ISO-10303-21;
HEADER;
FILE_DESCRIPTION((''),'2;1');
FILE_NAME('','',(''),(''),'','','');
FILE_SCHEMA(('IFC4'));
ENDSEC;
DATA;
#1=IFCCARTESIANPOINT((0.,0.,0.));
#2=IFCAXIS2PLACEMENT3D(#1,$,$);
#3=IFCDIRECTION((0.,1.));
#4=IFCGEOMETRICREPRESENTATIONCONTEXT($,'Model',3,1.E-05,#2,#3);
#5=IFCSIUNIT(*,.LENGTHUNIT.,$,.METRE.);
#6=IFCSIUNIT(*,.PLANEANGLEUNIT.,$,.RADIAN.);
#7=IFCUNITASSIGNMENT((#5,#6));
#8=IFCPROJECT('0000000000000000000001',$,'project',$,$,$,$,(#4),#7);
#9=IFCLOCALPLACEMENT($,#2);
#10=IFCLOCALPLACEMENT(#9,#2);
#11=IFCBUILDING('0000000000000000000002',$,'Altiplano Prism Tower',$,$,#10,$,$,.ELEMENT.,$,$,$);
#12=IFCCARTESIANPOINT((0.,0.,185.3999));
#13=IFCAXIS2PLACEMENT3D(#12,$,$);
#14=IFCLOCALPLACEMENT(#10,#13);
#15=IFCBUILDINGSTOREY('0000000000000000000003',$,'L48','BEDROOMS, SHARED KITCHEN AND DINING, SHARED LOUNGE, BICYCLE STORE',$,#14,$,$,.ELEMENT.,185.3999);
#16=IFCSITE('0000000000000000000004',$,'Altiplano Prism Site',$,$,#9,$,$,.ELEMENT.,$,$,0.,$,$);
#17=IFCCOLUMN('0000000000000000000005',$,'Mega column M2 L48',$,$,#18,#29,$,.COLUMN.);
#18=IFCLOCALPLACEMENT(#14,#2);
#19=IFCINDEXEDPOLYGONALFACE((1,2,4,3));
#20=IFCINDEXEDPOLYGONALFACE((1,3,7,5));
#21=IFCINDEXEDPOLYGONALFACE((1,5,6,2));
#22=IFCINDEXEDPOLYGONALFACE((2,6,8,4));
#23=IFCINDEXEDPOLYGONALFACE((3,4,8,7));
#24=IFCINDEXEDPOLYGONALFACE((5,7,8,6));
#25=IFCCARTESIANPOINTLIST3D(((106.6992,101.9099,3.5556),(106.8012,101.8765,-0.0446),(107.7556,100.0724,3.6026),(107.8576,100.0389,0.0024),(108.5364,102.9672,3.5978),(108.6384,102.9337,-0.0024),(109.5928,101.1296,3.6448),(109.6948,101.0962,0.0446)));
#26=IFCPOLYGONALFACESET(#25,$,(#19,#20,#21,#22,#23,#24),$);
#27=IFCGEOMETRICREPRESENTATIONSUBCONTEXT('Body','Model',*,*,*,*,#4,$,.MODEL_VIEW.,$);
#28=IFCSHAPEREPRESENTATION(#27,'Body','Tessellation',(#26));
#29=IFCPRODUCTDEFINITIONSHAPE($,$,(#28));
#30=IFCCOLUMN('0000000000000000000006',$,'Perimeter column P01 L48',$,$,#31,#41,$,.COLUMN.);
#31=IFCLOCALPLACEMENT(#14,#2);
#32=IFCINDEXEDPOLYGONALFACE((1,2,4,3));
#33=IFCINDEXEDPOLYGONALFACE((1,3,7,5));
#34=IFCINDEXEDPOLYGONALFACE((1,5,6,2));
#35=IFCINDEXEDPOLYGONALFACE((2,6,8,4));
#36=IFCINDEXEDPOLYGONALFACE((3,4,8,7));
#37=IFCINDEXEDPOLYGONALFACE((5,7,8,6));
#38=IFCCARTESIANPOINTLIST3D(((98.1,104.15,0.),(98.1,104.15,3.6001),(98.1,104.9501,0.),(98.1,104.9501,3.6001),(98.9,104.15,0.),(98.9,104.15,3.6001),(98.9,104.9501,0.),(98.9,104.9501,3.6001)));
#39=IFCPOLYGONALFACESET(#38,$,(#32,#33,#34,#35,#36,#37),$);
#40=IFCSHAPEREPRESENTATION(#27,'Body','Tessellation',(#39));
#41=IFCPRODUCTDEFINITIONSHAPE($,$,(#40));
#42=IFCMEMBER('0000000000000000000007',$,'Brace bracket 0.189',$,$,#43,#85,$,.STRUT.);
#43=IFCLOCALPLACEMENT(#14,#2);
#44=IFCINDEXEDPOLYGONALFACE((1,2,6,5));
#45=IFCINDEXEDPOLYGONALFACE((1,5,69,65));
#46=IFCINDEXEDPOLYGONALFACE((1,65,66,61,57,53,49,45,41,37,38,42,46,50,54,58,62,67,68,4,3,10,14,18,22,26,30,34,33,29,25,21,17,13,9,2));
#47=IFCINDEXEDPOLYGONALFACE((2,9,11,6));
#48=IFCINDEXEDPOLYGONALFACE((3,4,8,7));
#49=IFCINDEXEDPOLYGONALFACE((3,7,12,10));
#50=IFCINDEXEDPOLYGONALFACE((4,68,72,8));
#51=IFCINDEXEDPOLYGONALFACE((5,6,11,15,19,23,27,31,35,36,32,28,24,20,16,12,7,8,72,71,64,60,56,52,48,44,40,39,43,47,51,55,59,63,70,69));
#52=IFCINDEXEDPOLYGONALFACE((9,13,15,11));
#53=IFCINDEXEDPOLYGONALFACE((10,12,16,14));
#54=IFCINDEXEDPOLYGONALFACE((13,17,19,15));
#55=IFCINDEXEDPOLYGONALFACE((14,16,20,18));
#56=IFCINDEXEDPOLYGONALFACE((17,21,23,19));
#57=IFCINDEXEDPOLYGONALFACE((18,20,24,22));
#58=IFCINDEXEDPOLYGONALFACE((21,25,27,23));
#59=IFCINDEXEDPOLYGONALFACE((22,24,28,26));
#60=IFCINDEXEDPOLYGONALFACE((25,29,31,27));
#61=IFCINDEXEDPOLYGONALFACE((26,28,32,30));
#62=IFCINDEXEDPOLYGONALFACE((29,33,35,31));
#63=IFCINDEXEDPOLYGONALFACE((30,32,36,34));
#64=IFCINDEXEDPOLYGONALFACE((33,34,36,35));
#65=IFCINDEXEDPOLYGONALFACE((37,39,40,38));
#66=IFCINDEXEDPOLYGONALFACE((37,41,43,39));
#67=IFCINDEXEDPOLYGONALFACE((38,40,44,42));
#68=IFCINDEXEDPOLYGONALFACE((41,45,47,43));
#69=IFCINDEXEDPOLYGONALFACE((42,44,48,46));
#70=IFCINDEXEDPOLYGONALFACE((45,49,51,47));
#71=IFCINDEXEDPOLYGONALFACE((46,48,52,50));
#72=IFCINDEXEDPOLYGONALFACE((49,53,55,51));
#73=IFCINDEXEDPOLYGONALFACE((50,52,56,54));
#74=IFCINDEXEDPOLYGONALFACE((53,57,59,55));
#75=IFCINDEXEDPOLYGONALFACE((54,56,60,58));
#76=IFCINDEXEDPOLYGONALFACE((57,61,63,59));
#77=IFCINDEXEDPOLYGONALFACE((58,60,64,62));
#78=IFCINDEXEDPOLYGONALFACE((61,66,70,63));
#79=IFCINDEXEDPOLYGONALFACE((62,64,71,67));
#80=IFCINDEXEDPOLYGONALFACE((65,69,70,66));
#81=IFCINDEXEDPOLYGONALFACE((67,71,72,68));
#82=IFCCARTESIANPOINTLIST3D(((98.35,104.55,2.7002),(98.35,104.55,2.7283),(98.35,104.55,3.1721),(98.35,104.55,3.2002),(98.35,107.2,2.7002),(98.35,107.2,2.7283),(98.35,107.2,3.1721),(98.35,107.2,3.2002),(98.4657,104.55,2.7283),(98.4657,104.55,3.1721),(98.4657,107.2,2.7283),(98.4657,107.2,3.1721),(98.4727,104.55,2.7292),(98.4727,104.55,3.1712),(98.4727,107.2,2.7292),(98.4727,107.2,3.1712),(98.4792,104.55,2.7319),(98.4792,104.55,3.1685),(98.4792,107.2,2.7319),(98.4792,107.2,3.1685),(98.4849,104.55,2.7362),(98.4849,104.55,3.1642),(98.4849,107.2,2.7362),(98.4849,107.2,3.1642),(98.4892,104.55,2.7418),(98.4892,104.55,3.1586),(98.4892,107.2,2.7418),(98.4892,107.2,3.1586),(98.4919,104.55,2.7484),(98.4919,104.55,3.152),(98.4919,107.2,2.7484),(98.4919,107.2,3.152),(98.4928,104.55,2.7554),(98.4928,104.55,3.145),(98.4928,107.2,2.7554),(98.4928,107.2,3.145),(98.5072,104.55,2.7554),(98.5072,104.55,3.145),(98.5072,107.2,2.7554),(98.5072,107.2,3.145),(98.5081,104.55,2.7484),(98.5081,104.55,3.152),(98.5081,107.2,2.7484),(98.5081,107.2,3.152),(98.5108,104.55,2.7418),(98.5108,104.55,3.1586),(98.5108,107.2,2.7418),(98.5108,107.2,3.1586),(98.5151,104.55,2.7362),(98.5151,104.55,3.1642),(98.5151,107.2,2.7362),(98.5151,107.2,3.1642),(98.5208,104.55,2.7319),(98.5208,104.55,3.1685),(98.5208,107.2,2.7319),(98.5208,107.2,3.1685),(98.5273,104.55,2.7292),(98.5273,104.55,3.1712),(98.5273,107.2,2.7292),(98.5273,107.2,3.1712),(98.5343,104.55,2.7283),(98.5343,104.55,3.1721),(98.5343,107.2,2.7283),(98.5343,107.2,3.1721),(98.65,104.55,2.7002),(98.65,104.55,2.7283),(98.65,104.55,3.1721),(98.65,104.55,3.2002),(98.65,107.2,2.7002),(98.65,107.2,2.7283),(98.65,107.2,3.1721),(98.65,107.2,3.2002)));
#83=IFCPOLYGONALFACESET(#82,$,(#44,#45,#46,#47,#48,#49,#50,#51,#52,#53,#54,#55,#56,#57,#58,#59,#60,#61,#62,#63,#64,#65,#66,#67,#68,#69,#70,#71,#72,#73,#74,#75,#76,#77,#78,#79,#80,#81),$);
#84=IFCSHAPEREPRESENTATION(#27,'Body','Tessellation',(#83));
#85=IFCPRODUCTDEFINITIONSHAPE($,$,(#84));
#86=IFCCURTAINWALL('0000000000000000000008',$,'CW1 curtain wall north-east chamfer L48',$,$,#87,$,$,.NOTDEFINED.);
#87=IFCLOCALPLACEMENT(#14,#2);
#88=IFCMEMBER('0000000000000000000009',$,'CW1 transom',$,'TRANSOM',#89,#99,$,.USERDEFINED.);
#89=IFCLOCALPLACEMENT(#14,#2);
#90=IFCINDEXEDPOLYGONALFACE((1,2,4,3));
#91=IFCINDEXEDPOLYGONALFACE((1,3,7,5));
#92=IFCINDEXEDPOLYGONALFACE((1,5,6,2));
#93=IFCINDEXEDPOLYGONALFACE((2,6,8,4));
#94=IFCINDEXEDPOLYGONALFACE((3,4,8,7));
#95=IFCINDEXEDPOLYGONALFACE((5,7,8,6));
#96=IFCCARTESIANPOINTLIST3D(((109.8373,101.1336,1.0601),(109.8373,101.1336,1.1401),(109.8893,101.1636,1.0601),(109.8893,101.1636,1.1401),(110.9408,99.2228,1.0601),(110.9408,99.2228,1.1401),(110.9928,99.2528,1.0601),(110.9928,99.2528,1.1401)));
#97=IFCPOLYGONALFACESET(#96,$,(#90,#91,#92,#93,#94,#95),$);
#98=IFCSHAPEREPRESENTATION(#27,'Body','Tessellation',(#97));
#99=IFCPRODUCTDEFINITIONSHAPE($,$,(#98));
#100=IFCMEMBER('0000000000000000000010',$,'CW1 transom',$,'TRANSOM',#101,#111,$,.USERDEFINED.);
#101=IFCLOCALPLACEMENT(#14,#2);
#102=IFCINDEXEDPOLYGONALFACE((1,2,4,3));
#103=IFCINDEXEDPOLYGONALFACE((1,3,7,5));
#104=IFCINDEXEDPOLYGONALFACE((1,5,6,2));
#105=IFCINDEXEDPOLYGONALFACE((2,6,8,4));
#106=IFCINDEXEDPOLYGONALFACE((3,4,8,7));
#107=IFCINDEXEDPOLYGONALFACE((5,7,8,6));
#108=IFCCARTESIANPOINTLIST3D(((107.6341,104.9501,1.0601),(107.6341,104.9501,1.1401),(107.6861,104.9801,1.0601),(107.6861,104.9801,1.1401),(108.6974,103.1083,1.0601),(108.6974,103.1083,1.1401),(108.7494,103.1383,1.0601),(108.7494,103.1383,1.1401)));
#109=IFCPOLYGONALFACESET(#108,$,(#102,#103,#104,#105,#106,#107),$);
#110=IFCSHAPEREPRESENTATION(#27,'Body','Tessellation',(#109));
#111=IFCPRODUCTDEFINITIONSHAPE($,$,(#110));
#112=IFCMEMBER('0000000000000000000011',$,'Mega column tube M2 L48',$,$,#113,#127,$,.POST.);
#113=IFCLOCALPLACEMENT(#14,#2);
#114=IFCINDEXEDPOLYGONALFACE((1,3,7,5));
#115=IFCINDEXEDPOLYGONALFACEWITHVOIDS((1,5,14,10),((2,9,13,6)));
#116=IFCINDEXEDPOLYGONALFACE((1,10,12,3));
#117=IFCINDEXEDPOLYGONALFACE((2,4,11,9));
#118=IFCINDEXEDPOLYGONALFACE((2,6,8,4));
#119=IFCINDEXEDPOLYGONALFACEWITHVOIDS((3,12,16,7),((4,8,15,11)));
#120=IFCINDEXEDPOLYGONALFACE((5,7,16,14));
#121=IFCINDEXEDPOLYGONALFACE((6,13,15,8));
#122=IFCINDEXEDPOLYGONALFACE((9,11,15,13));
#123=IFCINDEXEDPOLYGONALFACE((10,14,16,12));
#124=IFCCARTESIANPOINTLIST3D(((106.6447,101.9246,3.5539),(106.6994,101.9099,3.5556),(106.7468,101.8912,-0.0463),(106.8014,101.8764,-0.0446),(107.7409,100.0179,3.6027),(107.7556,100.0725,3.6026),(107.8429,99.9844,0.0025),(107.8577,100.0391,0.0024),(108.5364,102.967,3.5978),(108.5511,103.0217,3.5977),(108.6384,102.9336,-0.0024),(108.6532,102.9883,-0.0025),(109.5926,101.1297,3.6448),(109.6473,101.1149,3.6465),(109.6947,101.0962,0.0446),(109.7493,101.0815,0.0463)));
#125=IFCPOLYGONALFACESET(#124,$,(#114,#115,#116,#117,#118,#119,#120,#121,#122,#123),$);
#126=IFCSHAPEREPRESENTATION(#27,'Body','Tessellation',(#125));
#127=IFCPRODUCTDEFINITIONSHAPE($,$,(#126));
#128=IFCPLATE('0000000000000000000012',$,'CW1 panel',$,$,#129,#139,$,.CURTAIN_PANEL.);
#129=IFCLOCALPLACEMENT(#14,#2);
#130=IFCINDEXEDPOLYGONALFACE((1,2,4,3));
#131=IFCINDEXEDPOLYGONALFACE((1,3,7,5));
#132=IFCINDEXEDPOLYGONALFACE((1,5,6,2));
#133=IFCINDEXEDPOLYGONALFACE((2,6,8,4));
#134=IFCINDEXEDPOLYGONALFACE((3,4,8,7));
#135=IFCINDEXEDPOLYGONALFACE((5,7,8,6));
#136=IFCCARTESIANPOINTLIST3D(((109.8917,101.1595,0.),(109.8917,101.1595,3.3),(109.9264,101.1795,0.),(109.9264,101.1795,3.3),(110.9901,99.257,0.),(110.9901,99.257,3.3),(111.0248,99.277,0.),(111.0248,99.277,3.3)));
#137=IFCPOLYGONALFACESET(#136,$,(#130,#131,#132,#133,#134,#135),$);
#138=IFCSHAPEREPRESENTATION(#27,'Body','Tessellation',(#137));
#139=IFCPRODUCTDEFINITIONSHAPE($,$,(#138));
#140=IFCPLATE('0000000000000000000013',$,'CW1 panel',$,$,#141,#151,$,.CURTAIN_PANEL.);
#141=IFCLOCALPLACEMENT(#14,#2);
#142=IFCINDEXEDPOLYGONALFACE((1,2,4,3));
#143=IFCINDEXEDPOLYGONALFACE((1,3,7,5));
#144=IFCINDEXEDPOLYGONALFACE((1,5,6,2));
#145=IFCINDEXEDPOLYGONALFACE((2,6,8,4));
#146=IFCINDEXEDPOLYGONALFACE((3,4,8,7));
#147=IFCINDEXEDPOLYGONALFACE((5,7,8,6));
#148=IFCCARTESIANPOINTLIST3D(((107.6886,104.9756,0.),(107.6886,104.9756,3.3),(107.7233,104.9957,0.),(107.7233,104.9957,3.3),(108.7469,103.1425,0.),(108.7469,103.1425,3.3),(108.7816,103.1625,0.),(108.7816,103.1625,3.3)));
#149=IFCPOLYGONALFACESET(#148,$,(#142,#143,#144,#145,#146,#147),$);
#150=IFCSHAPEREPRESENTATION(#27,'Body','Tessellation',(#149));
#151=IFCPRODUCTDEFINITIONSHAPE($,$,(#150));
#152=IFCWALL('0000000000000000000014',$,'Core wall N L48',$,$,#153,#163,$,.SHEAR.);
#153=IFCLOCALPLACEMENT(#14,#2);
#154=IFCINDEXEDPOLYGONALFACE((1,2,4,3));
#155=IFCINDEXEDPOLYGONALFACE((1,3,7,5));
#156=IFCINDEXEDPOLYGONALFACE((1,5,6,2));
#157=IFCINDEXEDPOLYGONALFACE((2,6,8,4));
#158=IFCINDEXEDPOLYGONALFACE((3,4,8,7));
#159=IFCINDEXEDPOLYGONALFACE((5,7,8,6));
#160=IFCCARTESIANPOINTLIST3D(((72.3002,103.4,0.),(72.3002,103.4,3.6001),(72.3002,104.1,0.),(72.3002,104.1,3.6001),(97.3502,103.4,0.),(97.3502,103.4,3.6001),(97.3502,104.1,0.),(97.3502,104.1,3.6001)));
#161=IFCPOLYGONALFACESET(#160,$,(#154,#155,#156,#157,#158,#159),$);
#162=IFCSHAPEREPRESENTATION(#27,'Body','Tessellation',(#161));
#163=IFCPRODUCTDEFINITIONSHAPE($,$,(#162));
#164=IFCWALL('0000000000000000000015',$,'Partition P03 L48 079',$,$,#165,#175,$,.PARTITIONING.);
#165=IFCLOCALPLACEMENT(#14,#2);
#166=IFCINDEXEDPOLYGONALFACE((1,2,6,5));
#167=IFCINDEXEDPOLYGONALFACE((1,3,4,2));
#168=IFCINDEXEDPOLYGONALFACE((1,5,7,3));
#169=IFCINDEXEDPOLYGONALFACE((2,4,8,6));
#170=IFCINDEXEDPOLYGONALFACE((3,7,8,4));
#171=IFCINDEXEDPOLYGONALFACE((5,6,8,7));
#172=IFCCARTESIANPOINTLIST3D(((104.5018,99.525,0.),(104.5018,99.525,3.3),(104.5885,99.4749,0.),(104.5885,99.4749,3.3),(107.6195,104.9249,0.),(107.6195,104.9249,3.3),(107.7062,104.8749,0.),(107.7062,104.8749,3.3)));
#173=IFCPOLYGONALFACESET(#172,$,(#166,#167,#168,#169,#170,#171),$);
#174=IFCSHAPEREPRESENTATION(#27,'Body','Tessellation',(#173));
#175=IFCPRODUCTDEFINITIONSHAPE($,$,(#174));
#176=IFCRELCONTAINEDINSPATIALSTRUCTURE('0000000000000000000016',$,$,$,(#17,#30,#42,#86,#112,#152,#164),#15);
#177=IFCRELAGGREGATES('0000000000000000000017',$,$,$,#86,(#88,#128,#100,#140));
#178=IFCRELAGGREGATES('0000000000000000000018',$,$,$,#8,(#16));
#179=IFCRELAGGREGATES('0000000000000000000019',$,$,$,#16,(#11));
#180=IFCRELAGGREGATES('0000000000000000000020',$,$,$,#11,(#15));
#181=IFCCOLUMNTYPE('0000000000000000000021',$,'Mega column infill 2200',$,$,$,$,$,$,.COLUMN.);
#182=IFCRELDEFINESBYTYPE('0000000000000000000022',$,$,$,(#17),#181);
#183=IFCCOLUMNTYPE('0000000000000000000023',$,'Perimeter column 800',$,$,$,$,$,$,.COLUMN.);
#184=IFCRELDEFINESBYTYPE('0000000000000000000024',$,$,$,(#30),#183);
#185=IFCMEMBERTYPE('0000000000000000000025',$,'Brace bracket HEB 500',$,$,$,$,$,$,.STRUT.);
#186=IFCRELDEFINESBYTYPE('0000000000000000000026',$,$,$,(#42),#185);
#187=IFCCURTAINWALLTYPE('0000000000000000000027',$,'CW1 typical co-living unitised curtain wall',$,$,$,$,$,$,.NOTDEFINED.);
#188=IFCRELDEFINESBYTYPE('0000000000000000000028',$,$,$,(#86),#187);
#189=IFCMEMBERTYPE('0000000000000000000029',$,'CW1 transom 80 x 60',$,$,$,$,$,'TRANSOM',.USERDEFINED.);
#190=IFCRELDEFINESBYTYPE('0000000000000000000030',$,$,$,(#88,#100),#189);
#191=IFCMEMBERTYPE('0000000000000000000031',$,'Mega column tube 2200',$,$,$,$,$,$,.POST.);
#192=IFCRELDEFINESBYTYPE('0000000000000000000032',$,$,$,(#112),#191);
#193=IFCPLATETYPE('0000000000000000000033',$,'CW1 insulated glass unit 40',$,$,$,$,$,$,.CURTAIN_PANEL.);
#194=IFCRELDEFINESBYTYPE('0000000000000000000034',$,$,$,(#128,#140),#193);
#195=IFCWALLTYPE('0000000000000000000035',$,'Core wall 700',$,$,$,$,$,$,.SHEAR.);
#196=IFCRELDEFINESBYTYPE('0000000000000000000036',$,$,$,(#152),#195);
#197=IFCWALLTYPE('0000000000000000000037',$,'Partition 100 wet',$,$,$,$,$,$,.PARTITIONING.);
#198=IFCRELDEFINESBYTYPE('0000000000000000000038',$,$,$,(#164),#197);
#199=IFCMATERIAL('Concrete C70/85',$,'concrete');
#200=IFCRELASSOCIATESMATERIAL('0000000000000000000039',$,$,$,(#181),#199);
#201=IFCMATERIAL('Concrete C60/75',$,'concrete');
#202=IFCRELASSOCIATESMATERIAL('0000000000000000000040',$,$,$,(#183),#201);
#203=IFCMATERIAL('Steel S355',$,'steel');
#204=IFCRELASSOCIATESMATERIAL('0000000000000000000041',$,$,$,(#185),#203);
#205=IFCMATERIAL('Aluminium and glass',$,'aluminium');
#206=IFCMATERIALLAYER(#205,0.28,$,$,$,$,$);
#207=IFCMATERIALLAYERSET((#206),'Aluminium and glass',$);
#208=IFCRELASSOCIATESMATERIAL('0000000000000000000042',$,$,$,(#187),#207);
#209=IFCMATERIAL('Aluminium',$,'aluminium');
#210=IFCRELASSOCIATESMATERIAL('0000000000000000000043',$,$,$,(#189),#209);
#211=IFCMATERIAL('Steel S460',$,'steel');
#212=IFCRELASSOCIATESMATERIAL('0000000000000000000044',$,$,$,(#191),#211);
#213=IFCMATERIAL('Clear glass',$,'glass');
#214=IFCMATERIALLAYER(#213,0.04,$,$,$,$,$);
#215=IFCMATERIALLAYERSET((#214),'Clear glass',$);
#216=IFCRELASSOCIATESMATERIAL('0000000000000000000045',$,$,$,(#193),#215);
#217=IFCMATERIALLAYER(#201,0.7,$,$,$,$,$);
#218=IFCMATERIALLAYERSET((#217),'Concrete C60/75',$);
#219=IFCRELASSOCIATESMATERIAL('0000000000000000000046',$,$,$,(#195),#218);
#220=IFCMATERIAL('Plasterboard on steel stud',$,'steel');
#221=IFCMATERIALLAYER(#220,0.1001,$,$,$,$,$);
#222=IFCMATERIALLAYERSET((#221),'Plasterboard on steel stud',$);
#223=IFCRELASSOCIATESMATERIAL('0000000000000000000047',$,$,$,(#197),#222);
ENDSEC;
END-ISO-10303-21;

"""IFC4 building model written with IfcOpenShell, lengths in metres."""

from ifc_helpers import new_model, si_unit, direction, frame, frame_2d, origin, origin_2d, place, context, subcontext, project, spatial, rectangle, hollow_rectangle, i_section, extrude, material, layer, layer_set, material_profile, profile_set, type_object, element, aggregate, save


model = new_model("IFC4")

# Units and contexts
model_context = context("Model", 3, precision=1e-05, world=origin(), true_north=direction((0.0, 1.0)))
body_context = subcontext(model_context, "Body", "Model", "MODEL_VIEW")
ifc_project = project(units=[si_unit("LENGTHUNIT", "METRE"), si_unit("PLANEANGLEUNIT", "RADIAN")], contexts=[model_context])

# Site, building, storey
site_placement = place(None, origin())
site = spatial("IfcSite", under=ifc_project, at=site_placement, Name="Altiplano Prism Site", CompositionType="ELEMENT", RefElevation=0.0)
building_placement = place(site_placement, origin())
building = spatial("IfcBuilding", under=site, at=building_placement, Name="Altiplano Prism Tower", CompositionType="ELEMENT")
storey_placement = place(building_placement, frame((0.0, 0.0, 185.3999)))
storey = spatial("IfcBuildingStorey", under=building, at=storey_placement, Name="L48", Description="BEDROOMS, SHARED KITCHEN AND DINING, SHARED LOUNGE, BICYCLE STORE", CompositionType="ELEMENT", Elevation=185.3999)

# Columns
ifc_material_1 = material(Name="Concrete C70/85", Category="concrete")
ifc_material_profile_1 = material_profile(ifc_material_1, rectangle(XDim=2.1201, YDim=2.1201, at=origin_2d()), Name="Mega column infill 2200")
ifc_profile_set_1 = profile_set([ifc_material_profile_1], Name="Concrete C70/85")
column_type_1 = type_object("IfcColumnType", Name="Mega column infill 2200", PredefinedType="COLUMN", material=ifc_profile_set_1)
column_1_placement = place(storey_placement, frame((108.248, 101.4863, 0.0), z_axis=(-0.028334, 0.009287, 0.999555), x_axis=(0.498273, -0.866737, 0.022177)))
element("IfcColumn", 1, at=column_1_placement, inside=storey, type_object=column_type_1, Name="Mega column M2 L48", PredefinedType="COLUMN", context=body_context, shape_type="SweptSolid", body=[
    extrude(rectangle(XDim=2.1201, YDim=2.1201, at=origin_2d()), origin(), (0.0, 0.0, 1.0), 3.6018),
])
ifc_material_2 = material(Name="Concrete C60/75", Category="concrete")
ifc_material_profile_2 = material_profile(ifc_material_2, rectangle(XDim=0.8, YDim=0.8, at=origin_2d()), Name="Perimeter column 800")
ifc_profile_set_2 = profile_set([ifc_material_profile_2], Name="Concrete C60/75")
column_type_2 = type_object("IfcColumnType", Name="Perimeter column 800", PredefinedType="COLUMN", material=ifc_profile_set_2)
column_2_placement = place(storey_placement, frame((98.5, 104.55, 0.0), z_axis=(0.0, 0.0, 1.0), x_axis=(1.0, 0.0, 0.0)))
element("IfcColumn", 2, at=column_2_placement, inside=storey, type_object=column_type_2, Name="Perimeter column P01 L48", PredefinedType="COLUMN", context=body_context, shape_type="SweptSolid", body=[
    extrude(rectangle(XDim=0.8, YDim=0.8, at=origin_2d()), origin(), (0.0, 0.0, 1.0), 3.6001),
])

# Member
ifc_material_3 = material(Name="Steel S355", Category="steel")
ifc_material_profile_3 = material_profile(ifc_material_3, i_section(OverallWidth=0.3, OverallDepth=0.5, WebThickness=0.0144, FlangeThickness=0.0281, FilletRadius=0.0271, at=origin_2d()), Name="Brace bracket HEB 500")
ifc_profile_set_3 = profile_set([ifc_material_profile_3], Name="Steel S355")
member_type_1 = type_object("IfcMemberType", Name="Brace bracket HEB 500", PredefinedType="STRUT", material=ifc_profile_set_3)
member_1_placement = place(storey_placement, frame((98.5, 104.55, 2.9502), z_axis=(0.0, 1.0, 0.0), x_axis=(-1.0, 0.0, 0.0)))
element("IfcMember", 3, at=member_1_placement, inside=storey, type_object=member_type_1, Name="Brace bracket 0.189", PredefinedType="STRUT", context=body_context, shape_type="SweptSolid", body=[
    extrude(i_section(OverallWidth=0.3, OverallDepth=0.5, WebThickness=0.0144, FlangeThickness=0.0281, FilletRadius=0.0271, at=origin_2d()), origin(), (0.0, 0.0, 1.0), 2.6499),
])

# Curtain wall, members
ifc_material_4 = material(Name="Aluminium and glass", Category="aluminium")
ifc_layer_1 = layer(ifc_material_4, 0.28)
ifc_layer_set_1 = layer_set([ifc_layer_1], Name="Aluminium and glass")
curtain_wall_type = type_object("IfcCurtainWallType", Name="CW1 typical co-living unitised curtain wall", PredefinedType="NOTDEFINED", material=ifc_layer_set_1)
curtain_wall_placement = place(storey_placement, origin())
curtain_wall = element("IfcCurtainWall", 4, at=curtain_wall_placement, inside=storey, type_object=curtain_wall_type, Name="CW1 curtain wall north-east chamfer L48", PredefinedType="NOTDEFINED")
ifc_material_5 = material(Name="Aluminium", Category="aluminium")
ifc_material_profile_4 = material_profile(ifc_material_5, rectangle(XDim=0.0601, YDim=0.0801, at=origin_2d()), Name="CW1 transom 80 x 60")
ifc_profile_set_4 = profile_set([ifc_material_profile_4], Name="Aluminium")
member_type_2 = type_object("IfcMemberType", Name="CW1 transom 80 x 60", ElementType="TRANSOM", PredefinedType="USERDEFINED", material=ifc_profile_set_4)
member_2_placement = place(storey_placement, frame((110.9668, 99.2378, 1.1001), z_axis=(-0.50009, 0.865974, 0.0), x_axis=(-0.865974, -0.50009, 0.0)))
member_2 = element("IfcMember", 5, at=member_2_placement, type_object=member_type_2, Name="CW1 transom", ObjectType="TRANSOM", PredefinedType="USERDEFINED", context=body_context, shape_type="SweptSolid", body=[
    extrude(rectangle(XDim=0.0601, YDim=0.0801, at=origin_2d()), origin(), (0.0, 0.0, 1.0), 2.2065),
])
member_3_placement = place(storey_placement, frame((108.7234, 103.1233, 1.1001), z_axis=(-0.499954, 0.866052, 0.0), x_axis=(-0.866052, -0.499954, 0.0)))
member_3 = element("IfcMember", 6, at=member_3_placement, type_object=member_type_2, Name="CW1 transom", ObjectType="TRANSOM", PredefinedType="USERDEFINED", context=body_context, shape_type="SweptSolid", body=[
    extrude(rectangle(XDim=0.0601, YDim=0.0801, at=origin_2d()), origin(), (0.0, 0.0, 1.0), 2.1267),
])

# Member
ifc_material_6 = material(Name="Steel S460", Category="steel")
ifc_material_profile_5 = material_profile(ifc_material_6, hollow_rectangle(XDim=2.2, YDim=2.2, WallThickness=0.04, at=origin_2d()), Name="Mega column tube 2200")
ifc_profile_set_5 = profile_set([ifc_material_profile_5], Name="Steel S460")
member_type_3 = type_object("IfcMemberType", Name="Mega column tube 2200", PredefinedType="POST", material=ifc_profile_set_5)
member_4_placement = place(storey_placement, frame((108.248, 101.4863, 0.0), z_axis=(-0.028334, 0.009287, 0.999555), x_axis=(0.498273, -0.866737, 0.022177)))
element("IfcMember", 7, at=member_4_placement, inside=storey, type_object=member_type_3, Name="Mega column tube M2 L48", PredefinedType="POST", context=body_context, shape_type="SweptSolid", body=[
    extrude(hollow_rectangle(XDim=2.2, YDim=2.2, WallThickness=0.04, at=origin_2d()), origin(), (0.0, 0.0, 1.0), 3.6018),
])

# Plates
ifc_material_7 = material(Name="Clear glass", Category="glass")
ifc_layer_2 = layer(ifc_material_7, 0.04)
ifc_layer_set_2 = layer_set([ifc_layer_2], Name="Clear glass")
plate_type = type_object("IfcPlateType", Name="CW1 insulated glass unit 40", PredefinedType="CURTAIN_PANEL", material=ifc_layer_set_2)
plate_1_placement = place(storey_placement, frame((110.4583, 100.2183, 0.0), z_axis=(0.0, 0.0, 1.0), x_axis=(-0.5, 0.866025, 0.0)))
plate_1 = element("IfcPlate", 8, at=plate_1_placement, type_object=plate_type, Name="CW1 panel", PredefinedType="CURTAIN_PANEL", context=body_context, shape_type="SweptSolid", body=[
    extrude(rectangle(XDim=2.1968, YDim=0.04, at=origin_2d()), origin(), (0.0, 0.0, 1.0), 3.3),
])
plate_2_placement = place(storey_placement, frame((108.2351, 104.0691, 0.0), z_axis=(0.0, 0.0, 1.0), x_axis=(-0.5, 0.866025, 0.0)))
plate_2 = element("IfcPlate", 9, at=plate_2_placement, type_object=plate_type, Name="CW1 panel", PredefinedType="CURTAIN_PANEL", context=body_context, shape_type="SweptSolid", body=[
    extrude(rectangle(XDim=2.1167, YDim=0.04, at=origin_2d()), origin(), (0.0, 0.0, 1.0), 3.3),
])
aggregate(curtain_wall, [member_2, plate_1, member_3, plate_2])

# Walls
ifc_layer_3 = layer(ifc_material_2, 0.7)
ifc_layer_set_3 = layer_set([ifc_layer_3], Name="Concrete C60/75")
wall_type_1 = type_object("IfcWallType", Name="Core wall 700", PredefinedType="SHEAR", material=ifc_layer_set_3)
wall_1_placement = place(storey_placement, frame((97.3501, 103.75, 0.0), z_axis=(0.0, 0.0, 1.0), x_axis=(-1.0, 0.0, 0.0)))
element("IfcWall", 10, at=wall_1_placement, inside=storey, type_object=wall_type_1, Name="Core wall N L48", PredefinedType="SHEAR", context=body_context, shape_type="SweptSolid", body=[
    extrude(rectangle(XDim=25.05, YDim=0.7, at=frame_2d((12.5249, 0.0))), origin(), (0.0, 0.0, 1.0), 3.6001),
])
ifc_material_8 = material(Name="Plasterboard on steel stud", Category="steel")
ifc_layer_4 = layer(ifc_material_8, 0.1001)
ifc_layer_set_4 = layer_set([ifc_layer_4], Name="Plasterboard on steel stud")
wall_type_2 = type_object("IfcWallType", Name="Partition 100 wet", PredefinedType="PARTITIONING", material=ifc_layer_set_4)
wall_2_placement = place(storey_placement, frame((107.6628, 104.8999, 0.0), z_axis=(0.0, 0.0, 1.0), x_axis=(-0.500005, -0.866023, 0.0)))
element("IfcWall", 11, at=wall_2_placement, inside=storey, type_object=wall_type_2, Name="Partition P03 L48 079", PredefinedType="PARTITIONING", context=body_context, shape_type="SweptSolid", body=[
    extrude(rectangle(XDim=6.2354, YDim=0.1001, at=frame_2d((3.1177, 0.0))), origin(), (0.0, 0.0, 1.0), 3.3),
])

save(model, "model.ifc")
